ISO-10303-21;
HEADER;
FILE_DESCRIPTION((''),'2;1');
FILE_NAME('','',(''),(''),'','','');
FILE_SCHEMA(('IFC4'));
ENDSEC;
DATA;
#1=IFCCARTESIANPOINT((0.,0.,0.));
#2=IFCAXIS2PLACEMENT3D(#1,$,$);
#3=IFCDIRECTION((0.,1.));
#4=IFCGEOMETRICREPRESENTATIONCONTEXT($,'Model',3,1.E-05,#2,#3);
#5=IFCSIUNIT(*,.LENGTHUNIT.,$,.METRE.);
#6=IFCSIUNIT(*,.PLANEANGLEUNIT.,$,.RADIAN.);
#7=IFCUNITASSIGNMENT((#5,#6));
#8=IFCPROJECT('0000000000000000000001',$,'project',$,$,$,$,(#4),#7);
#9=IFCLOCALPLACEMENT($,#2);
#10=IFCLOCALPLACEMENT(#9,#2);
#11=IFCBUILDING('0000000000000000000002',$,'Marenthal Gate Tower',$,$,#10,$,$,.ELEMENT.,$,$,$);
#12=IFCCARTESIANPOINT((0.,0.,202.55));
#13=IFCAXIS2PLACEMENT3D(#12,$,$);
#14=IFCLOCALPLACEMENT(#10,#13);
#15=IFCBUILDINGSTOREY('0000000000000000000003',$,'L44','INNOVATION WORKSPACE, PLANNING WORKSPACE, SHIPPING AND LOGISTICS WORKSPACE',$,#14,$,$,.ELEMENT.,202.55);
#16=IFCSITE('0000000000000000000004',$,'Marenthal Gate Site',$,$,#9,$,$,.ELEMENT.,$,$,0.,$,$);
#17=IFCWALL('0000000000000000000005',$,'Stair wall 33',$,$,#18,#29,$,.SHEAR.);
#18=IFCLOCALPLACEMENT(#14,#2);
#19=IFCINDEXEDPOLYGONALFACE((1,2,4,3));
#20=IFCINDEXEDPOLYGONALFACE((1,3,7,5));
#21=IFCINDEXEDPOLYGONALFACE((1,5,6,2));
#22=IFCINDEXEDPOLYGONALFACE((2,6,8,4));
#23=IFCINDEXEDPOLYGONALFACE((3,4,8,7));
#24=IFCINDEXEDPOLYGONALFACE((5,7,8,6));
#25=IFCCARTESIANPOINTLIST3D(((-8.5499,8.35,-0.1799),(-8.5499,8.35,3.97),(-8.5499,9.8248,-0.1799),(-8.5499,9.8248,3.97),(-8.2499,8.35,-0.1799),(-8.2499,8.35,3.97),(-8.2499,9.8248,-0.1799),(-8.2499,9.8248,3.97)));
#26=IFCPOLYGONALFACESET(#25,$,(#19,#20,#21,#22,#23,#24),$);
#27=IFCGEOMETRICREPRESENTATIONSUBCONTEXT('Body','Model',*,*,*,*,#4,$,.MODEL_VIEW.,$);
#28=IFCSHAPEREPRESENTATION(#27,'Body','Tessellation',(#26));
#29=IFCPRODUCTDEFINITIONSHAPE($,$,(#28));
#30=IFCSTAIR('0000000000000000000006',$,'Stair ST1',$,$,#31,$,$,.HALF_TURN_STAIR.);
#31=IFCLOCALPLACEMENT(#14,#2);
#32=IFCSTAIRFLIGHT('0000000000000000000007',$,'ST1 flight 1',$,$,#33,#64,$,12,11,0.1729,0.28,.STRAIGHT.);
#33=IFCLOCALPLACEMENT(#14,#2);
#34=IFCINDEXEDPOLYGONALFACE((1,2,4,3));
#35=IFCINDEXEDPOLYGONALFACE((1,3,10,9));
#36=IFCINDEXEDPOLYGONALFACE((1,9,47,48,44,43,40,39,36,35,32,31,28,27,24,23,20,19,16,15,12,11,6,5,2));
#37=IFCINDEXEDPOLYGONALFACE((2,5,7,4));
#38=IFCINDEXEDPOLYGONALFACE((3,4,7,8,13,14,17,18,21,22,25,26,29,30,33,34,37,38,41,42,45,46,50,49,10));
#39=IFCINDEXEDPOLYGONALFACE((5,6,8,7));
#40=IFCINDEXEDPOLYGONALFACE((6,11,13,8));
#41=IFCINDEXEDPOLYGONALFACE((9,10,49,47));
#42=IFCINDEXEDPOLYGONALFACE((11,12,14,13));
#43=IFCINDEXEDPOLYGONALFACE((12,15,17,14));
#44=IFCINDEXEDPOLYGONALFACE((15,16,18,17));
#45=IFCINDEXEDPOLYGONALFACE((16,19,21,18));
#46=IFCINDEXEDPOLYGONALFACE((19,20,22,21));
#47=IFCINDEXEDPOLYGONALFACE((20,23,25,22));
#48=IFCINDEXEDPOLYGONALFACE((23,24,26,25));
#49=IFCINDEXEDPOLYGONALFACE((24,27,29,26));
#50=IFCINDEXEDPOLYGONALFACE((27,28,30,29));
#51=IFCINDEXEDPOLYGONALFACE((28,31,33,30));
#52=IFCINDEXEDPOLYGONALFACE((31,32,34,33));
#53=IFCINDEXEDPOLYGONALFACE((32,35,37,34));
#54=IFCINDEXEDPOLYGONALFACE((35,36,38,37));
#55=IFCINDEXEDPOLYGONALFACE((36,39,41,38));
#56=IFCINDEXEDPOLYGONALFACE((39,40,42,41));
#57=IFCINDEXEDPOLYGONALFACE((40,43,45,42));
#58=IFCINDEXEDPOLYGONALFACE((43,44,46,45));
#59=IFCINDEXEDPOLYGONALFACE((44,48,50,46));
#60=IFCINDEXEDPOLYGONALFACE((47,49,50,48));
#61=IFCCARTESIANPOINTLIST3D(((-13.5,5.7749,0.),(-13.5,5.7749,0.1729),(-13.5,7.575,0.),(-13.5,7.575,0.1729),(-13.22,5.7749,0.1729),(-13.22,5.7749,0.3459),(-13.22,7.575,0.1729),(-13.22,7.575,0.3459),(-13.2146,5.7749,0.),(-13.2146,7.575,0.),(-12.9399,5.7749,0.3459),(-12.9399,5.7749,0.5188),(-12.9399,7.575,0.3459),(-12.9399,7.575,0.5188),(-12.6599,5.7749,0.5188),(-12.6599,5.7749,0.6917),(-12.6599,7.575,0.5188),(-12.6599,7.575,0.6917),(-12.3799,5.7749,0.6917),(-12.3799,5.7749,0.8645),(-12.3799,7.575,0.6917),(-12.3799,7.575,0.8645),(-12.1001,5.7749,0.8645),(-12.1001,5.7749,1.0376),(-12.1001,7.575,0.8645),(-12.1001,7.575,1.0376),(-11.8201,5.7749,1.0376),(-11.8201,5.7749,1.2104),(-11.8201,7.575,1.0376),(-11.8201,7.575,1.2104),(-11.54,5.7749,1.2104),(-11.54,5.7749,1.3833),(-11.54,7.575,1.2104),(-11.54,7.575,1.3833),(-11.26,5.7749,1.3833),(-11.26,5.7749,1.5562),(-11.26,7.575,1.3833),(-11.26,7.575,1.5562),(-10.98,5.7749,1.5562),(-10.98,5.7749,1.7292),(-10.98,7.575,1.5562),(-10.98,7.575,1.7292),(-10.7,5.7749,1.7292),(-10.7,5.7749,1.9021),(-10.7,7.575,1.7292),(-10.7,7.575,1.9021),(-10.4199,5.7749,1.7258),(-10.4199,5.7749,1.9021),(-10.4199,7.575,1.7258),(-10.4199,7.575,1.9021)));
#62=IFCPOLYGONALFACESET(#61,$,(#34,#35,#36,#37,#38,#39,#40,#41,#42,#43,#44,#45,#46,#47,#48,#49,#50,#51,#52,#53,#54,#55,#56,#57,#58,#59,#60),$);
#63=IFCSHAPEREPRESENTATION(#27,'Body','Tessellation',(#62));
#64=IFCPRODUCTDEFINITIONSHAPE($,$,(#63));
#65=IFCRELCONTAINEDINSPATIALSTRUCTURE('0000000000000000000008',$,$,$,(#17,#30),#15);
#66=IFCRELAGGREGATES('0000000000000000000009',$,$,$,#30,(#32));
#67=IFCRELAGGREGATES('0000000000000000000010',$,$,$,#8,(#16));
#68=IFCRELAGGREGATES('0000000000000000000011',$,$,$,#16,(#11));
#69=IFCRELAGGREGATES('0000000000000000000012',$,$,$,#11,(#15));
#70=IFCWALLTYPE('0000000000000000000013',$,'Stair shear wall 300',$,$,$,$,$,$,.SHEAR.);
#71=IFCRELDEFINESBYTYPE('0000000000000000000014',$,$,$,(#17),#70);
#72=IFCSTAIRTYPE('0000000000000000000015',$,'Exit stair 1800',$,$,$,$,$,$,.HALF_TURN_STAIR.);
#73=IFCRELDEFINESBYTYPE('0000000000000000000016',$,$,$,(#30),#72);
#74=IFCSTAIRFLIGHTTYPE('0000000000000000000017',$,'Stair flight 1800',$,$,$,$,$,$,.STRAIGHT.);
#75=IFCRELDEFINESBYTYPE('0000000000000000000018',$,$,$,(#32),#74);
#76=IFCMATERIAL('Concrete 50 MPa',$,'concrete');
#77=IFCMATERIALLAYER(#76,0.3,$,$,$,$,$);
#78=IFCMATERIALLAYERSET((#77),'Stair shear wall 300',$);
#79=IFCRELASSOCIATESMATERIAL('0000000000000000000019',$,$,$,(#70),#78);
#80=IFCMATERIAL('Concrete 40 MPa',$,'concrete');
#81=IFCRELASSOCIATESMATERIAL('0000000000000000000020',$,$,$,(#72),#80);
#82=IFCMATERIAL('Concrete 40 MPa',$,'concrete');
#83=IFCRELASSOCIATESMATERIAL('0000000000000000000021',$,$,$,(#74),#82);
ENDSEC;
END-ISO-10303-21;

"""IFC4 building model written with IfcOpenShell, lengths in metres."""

from ifc_helpers import new_model, si_unit, direction, frame, frame_2d, origin, place, context, subcontext, project, spatial, polyline, rectangle, outline, extrude, material, layer, layer_set, type_object, element, aggregate, save


model = new_model("IFC4")

# Units and contexts
model_context = context("Model", 3, precision=1e-05, world=origin(), true_north=direction((0.0, 1.0)))
body_context = subcontext(model_context, "Body", "Model", "MODEL_VIEW")
ifc_project = project(units=[si_unit("LENGTHUNIT", "METRE"), si_unit("PLANEANGLEUNIT", "RADIAN")], contexts=[model_context])

# Site, building, storey
site_placement = place(None, origin())
site = spatial("IfcSite", under=ifc_project, at=site_placement, Name="Marenthal Gate Site", CompositionType="ELEMENT", RefElevation=0.0)
building_placement = place(site_placement, origin())
building = spatial("IfcBuilding", under=site, at=building_placement, Name="Marenthal Gate Tower", CompositionType="ELEMENT")
storey_placement = place(building_placement, frame((0.0, 0.0, 202.55)))
storey = spatial("IfcBuildingStorey", under=building, at=storey_placement, Name="L44", Description="INNOVATION WORKSPACE, PLANNING WORKSPACE, SHIPPING AND LOGISTICS WORKSPACE", CompositionType="ELEMENT", Elevation=202.55)

# Wall
ifc_material_1 = material(Name="Concrete 50 MPa", Category="concrete")
ifc_layer_1 = layer(ifc_material_1, 0.3)
ifc_layer_set_1 = layer_set([ifc_layer_1], Name="Stair shear wall 300")
wall_type_1 = type_object("IfcWallType", Name="Stair shear wall 300", PredefinedType="SHEAR", material=ifc_layer_set_1)
wall_1_placement = place(storey_placement, frame((-8.3999, 8.3501, -0.1799), z_axis=(0.0, 0.0, 1.0), x_axis=(0.0, 1.0, 0.0)))
element("IfcWall", 1, at=wall_1_placement, inside=storey, type_object=wall_type_1, Name="Stair wall 33", PredefinedType="SHEAR", context=body_context, shape_type="SweptSolid", body=[
    extrude(rectangle(XDim=1.4749, YDim=0.3, at=frame_2d((0.7373, 0.0))), origin(), (0.0, 0.0, 1.0), 4.1499),
])

# Stair, stair flight
ifc_material_2 = material(Name="Concrete 40 MPa", Category="concrete")
stair_type = type_object("IfcStairType", Name="Exit stair 1800", PredefinedType="HALF_TURN_STAIR", material=ifc_material_2)
stair_placement = place(storey_placement, origin())
stair = element("IfcStair", 2, at=stair_placement, inside=storey, type_object=stair_type, Name="Stair ST1", PredefinedType="HALF_TURN_STAIR")
ifc_material_3 = material(Name="Concrete 40 MPa", Category="concrete")
stair_flight_type = type_object("IfcStairFlightType", Name="Stair flight 1800", PredefinedType="STRAIGHT", material=ifc_material_3)
stair_flight_placement = place(storey_placement, frame((-13.5, 6.675, 0.0), z_axis=(0.0, 0.0, 1.0), x_axis=(1.0, 0.0, 0.0)))
stair_flight = element("IfcStairFlight", 3, at=stair_flight_placement, type_object=stair_flight_type, Name="ST1 flight 1", NumberOfRisers=12, NumberOfTreads=11, PredefinedType="STRAIGHT", RiserHeight=0.1729, TreadLength=0.28, context=body_context, shape_type="SweptSolid", body=[
    extrude(outline(polyline([(0.0, 0.0), (0.0, 0.1729), (0.28, 0.1729), (0.28, 0.3459), (0.5601, 0.3459), (0.5601, 0.5188), (0.8401, 0.5188), (0.8401, 0.6917), (1.1201, 0.6917), (1.1201, 0.8645), (1.3999, 0.8645), (1.3999, 1.0376), (1.6799, 1.0376), (1.6799, 1.2104), (1.96, 1.2104), (1.96, 1.3833), (2.24, 1.3833), (2.24, 1.5562), (2.52, 1.5562), (2.52, 1.7292), (2.8, 1.7292), (2.8, 1.9021), (3.0801, 1.9021), (3.0801, 2.075), (3.0801, 1.7258), (0.2854, 0.0), (0.0, 0.0)])), frame((0.0, 0.8999, 0.0), z_axis=(0.0, -1.0, 0.0), x_axis=(1.0, 0.0, 0.0)), (0.0, 0.0, 1.0), 1.8),
])
aggregate(stair, [stair_flight])

save(model, "model.ifc")
